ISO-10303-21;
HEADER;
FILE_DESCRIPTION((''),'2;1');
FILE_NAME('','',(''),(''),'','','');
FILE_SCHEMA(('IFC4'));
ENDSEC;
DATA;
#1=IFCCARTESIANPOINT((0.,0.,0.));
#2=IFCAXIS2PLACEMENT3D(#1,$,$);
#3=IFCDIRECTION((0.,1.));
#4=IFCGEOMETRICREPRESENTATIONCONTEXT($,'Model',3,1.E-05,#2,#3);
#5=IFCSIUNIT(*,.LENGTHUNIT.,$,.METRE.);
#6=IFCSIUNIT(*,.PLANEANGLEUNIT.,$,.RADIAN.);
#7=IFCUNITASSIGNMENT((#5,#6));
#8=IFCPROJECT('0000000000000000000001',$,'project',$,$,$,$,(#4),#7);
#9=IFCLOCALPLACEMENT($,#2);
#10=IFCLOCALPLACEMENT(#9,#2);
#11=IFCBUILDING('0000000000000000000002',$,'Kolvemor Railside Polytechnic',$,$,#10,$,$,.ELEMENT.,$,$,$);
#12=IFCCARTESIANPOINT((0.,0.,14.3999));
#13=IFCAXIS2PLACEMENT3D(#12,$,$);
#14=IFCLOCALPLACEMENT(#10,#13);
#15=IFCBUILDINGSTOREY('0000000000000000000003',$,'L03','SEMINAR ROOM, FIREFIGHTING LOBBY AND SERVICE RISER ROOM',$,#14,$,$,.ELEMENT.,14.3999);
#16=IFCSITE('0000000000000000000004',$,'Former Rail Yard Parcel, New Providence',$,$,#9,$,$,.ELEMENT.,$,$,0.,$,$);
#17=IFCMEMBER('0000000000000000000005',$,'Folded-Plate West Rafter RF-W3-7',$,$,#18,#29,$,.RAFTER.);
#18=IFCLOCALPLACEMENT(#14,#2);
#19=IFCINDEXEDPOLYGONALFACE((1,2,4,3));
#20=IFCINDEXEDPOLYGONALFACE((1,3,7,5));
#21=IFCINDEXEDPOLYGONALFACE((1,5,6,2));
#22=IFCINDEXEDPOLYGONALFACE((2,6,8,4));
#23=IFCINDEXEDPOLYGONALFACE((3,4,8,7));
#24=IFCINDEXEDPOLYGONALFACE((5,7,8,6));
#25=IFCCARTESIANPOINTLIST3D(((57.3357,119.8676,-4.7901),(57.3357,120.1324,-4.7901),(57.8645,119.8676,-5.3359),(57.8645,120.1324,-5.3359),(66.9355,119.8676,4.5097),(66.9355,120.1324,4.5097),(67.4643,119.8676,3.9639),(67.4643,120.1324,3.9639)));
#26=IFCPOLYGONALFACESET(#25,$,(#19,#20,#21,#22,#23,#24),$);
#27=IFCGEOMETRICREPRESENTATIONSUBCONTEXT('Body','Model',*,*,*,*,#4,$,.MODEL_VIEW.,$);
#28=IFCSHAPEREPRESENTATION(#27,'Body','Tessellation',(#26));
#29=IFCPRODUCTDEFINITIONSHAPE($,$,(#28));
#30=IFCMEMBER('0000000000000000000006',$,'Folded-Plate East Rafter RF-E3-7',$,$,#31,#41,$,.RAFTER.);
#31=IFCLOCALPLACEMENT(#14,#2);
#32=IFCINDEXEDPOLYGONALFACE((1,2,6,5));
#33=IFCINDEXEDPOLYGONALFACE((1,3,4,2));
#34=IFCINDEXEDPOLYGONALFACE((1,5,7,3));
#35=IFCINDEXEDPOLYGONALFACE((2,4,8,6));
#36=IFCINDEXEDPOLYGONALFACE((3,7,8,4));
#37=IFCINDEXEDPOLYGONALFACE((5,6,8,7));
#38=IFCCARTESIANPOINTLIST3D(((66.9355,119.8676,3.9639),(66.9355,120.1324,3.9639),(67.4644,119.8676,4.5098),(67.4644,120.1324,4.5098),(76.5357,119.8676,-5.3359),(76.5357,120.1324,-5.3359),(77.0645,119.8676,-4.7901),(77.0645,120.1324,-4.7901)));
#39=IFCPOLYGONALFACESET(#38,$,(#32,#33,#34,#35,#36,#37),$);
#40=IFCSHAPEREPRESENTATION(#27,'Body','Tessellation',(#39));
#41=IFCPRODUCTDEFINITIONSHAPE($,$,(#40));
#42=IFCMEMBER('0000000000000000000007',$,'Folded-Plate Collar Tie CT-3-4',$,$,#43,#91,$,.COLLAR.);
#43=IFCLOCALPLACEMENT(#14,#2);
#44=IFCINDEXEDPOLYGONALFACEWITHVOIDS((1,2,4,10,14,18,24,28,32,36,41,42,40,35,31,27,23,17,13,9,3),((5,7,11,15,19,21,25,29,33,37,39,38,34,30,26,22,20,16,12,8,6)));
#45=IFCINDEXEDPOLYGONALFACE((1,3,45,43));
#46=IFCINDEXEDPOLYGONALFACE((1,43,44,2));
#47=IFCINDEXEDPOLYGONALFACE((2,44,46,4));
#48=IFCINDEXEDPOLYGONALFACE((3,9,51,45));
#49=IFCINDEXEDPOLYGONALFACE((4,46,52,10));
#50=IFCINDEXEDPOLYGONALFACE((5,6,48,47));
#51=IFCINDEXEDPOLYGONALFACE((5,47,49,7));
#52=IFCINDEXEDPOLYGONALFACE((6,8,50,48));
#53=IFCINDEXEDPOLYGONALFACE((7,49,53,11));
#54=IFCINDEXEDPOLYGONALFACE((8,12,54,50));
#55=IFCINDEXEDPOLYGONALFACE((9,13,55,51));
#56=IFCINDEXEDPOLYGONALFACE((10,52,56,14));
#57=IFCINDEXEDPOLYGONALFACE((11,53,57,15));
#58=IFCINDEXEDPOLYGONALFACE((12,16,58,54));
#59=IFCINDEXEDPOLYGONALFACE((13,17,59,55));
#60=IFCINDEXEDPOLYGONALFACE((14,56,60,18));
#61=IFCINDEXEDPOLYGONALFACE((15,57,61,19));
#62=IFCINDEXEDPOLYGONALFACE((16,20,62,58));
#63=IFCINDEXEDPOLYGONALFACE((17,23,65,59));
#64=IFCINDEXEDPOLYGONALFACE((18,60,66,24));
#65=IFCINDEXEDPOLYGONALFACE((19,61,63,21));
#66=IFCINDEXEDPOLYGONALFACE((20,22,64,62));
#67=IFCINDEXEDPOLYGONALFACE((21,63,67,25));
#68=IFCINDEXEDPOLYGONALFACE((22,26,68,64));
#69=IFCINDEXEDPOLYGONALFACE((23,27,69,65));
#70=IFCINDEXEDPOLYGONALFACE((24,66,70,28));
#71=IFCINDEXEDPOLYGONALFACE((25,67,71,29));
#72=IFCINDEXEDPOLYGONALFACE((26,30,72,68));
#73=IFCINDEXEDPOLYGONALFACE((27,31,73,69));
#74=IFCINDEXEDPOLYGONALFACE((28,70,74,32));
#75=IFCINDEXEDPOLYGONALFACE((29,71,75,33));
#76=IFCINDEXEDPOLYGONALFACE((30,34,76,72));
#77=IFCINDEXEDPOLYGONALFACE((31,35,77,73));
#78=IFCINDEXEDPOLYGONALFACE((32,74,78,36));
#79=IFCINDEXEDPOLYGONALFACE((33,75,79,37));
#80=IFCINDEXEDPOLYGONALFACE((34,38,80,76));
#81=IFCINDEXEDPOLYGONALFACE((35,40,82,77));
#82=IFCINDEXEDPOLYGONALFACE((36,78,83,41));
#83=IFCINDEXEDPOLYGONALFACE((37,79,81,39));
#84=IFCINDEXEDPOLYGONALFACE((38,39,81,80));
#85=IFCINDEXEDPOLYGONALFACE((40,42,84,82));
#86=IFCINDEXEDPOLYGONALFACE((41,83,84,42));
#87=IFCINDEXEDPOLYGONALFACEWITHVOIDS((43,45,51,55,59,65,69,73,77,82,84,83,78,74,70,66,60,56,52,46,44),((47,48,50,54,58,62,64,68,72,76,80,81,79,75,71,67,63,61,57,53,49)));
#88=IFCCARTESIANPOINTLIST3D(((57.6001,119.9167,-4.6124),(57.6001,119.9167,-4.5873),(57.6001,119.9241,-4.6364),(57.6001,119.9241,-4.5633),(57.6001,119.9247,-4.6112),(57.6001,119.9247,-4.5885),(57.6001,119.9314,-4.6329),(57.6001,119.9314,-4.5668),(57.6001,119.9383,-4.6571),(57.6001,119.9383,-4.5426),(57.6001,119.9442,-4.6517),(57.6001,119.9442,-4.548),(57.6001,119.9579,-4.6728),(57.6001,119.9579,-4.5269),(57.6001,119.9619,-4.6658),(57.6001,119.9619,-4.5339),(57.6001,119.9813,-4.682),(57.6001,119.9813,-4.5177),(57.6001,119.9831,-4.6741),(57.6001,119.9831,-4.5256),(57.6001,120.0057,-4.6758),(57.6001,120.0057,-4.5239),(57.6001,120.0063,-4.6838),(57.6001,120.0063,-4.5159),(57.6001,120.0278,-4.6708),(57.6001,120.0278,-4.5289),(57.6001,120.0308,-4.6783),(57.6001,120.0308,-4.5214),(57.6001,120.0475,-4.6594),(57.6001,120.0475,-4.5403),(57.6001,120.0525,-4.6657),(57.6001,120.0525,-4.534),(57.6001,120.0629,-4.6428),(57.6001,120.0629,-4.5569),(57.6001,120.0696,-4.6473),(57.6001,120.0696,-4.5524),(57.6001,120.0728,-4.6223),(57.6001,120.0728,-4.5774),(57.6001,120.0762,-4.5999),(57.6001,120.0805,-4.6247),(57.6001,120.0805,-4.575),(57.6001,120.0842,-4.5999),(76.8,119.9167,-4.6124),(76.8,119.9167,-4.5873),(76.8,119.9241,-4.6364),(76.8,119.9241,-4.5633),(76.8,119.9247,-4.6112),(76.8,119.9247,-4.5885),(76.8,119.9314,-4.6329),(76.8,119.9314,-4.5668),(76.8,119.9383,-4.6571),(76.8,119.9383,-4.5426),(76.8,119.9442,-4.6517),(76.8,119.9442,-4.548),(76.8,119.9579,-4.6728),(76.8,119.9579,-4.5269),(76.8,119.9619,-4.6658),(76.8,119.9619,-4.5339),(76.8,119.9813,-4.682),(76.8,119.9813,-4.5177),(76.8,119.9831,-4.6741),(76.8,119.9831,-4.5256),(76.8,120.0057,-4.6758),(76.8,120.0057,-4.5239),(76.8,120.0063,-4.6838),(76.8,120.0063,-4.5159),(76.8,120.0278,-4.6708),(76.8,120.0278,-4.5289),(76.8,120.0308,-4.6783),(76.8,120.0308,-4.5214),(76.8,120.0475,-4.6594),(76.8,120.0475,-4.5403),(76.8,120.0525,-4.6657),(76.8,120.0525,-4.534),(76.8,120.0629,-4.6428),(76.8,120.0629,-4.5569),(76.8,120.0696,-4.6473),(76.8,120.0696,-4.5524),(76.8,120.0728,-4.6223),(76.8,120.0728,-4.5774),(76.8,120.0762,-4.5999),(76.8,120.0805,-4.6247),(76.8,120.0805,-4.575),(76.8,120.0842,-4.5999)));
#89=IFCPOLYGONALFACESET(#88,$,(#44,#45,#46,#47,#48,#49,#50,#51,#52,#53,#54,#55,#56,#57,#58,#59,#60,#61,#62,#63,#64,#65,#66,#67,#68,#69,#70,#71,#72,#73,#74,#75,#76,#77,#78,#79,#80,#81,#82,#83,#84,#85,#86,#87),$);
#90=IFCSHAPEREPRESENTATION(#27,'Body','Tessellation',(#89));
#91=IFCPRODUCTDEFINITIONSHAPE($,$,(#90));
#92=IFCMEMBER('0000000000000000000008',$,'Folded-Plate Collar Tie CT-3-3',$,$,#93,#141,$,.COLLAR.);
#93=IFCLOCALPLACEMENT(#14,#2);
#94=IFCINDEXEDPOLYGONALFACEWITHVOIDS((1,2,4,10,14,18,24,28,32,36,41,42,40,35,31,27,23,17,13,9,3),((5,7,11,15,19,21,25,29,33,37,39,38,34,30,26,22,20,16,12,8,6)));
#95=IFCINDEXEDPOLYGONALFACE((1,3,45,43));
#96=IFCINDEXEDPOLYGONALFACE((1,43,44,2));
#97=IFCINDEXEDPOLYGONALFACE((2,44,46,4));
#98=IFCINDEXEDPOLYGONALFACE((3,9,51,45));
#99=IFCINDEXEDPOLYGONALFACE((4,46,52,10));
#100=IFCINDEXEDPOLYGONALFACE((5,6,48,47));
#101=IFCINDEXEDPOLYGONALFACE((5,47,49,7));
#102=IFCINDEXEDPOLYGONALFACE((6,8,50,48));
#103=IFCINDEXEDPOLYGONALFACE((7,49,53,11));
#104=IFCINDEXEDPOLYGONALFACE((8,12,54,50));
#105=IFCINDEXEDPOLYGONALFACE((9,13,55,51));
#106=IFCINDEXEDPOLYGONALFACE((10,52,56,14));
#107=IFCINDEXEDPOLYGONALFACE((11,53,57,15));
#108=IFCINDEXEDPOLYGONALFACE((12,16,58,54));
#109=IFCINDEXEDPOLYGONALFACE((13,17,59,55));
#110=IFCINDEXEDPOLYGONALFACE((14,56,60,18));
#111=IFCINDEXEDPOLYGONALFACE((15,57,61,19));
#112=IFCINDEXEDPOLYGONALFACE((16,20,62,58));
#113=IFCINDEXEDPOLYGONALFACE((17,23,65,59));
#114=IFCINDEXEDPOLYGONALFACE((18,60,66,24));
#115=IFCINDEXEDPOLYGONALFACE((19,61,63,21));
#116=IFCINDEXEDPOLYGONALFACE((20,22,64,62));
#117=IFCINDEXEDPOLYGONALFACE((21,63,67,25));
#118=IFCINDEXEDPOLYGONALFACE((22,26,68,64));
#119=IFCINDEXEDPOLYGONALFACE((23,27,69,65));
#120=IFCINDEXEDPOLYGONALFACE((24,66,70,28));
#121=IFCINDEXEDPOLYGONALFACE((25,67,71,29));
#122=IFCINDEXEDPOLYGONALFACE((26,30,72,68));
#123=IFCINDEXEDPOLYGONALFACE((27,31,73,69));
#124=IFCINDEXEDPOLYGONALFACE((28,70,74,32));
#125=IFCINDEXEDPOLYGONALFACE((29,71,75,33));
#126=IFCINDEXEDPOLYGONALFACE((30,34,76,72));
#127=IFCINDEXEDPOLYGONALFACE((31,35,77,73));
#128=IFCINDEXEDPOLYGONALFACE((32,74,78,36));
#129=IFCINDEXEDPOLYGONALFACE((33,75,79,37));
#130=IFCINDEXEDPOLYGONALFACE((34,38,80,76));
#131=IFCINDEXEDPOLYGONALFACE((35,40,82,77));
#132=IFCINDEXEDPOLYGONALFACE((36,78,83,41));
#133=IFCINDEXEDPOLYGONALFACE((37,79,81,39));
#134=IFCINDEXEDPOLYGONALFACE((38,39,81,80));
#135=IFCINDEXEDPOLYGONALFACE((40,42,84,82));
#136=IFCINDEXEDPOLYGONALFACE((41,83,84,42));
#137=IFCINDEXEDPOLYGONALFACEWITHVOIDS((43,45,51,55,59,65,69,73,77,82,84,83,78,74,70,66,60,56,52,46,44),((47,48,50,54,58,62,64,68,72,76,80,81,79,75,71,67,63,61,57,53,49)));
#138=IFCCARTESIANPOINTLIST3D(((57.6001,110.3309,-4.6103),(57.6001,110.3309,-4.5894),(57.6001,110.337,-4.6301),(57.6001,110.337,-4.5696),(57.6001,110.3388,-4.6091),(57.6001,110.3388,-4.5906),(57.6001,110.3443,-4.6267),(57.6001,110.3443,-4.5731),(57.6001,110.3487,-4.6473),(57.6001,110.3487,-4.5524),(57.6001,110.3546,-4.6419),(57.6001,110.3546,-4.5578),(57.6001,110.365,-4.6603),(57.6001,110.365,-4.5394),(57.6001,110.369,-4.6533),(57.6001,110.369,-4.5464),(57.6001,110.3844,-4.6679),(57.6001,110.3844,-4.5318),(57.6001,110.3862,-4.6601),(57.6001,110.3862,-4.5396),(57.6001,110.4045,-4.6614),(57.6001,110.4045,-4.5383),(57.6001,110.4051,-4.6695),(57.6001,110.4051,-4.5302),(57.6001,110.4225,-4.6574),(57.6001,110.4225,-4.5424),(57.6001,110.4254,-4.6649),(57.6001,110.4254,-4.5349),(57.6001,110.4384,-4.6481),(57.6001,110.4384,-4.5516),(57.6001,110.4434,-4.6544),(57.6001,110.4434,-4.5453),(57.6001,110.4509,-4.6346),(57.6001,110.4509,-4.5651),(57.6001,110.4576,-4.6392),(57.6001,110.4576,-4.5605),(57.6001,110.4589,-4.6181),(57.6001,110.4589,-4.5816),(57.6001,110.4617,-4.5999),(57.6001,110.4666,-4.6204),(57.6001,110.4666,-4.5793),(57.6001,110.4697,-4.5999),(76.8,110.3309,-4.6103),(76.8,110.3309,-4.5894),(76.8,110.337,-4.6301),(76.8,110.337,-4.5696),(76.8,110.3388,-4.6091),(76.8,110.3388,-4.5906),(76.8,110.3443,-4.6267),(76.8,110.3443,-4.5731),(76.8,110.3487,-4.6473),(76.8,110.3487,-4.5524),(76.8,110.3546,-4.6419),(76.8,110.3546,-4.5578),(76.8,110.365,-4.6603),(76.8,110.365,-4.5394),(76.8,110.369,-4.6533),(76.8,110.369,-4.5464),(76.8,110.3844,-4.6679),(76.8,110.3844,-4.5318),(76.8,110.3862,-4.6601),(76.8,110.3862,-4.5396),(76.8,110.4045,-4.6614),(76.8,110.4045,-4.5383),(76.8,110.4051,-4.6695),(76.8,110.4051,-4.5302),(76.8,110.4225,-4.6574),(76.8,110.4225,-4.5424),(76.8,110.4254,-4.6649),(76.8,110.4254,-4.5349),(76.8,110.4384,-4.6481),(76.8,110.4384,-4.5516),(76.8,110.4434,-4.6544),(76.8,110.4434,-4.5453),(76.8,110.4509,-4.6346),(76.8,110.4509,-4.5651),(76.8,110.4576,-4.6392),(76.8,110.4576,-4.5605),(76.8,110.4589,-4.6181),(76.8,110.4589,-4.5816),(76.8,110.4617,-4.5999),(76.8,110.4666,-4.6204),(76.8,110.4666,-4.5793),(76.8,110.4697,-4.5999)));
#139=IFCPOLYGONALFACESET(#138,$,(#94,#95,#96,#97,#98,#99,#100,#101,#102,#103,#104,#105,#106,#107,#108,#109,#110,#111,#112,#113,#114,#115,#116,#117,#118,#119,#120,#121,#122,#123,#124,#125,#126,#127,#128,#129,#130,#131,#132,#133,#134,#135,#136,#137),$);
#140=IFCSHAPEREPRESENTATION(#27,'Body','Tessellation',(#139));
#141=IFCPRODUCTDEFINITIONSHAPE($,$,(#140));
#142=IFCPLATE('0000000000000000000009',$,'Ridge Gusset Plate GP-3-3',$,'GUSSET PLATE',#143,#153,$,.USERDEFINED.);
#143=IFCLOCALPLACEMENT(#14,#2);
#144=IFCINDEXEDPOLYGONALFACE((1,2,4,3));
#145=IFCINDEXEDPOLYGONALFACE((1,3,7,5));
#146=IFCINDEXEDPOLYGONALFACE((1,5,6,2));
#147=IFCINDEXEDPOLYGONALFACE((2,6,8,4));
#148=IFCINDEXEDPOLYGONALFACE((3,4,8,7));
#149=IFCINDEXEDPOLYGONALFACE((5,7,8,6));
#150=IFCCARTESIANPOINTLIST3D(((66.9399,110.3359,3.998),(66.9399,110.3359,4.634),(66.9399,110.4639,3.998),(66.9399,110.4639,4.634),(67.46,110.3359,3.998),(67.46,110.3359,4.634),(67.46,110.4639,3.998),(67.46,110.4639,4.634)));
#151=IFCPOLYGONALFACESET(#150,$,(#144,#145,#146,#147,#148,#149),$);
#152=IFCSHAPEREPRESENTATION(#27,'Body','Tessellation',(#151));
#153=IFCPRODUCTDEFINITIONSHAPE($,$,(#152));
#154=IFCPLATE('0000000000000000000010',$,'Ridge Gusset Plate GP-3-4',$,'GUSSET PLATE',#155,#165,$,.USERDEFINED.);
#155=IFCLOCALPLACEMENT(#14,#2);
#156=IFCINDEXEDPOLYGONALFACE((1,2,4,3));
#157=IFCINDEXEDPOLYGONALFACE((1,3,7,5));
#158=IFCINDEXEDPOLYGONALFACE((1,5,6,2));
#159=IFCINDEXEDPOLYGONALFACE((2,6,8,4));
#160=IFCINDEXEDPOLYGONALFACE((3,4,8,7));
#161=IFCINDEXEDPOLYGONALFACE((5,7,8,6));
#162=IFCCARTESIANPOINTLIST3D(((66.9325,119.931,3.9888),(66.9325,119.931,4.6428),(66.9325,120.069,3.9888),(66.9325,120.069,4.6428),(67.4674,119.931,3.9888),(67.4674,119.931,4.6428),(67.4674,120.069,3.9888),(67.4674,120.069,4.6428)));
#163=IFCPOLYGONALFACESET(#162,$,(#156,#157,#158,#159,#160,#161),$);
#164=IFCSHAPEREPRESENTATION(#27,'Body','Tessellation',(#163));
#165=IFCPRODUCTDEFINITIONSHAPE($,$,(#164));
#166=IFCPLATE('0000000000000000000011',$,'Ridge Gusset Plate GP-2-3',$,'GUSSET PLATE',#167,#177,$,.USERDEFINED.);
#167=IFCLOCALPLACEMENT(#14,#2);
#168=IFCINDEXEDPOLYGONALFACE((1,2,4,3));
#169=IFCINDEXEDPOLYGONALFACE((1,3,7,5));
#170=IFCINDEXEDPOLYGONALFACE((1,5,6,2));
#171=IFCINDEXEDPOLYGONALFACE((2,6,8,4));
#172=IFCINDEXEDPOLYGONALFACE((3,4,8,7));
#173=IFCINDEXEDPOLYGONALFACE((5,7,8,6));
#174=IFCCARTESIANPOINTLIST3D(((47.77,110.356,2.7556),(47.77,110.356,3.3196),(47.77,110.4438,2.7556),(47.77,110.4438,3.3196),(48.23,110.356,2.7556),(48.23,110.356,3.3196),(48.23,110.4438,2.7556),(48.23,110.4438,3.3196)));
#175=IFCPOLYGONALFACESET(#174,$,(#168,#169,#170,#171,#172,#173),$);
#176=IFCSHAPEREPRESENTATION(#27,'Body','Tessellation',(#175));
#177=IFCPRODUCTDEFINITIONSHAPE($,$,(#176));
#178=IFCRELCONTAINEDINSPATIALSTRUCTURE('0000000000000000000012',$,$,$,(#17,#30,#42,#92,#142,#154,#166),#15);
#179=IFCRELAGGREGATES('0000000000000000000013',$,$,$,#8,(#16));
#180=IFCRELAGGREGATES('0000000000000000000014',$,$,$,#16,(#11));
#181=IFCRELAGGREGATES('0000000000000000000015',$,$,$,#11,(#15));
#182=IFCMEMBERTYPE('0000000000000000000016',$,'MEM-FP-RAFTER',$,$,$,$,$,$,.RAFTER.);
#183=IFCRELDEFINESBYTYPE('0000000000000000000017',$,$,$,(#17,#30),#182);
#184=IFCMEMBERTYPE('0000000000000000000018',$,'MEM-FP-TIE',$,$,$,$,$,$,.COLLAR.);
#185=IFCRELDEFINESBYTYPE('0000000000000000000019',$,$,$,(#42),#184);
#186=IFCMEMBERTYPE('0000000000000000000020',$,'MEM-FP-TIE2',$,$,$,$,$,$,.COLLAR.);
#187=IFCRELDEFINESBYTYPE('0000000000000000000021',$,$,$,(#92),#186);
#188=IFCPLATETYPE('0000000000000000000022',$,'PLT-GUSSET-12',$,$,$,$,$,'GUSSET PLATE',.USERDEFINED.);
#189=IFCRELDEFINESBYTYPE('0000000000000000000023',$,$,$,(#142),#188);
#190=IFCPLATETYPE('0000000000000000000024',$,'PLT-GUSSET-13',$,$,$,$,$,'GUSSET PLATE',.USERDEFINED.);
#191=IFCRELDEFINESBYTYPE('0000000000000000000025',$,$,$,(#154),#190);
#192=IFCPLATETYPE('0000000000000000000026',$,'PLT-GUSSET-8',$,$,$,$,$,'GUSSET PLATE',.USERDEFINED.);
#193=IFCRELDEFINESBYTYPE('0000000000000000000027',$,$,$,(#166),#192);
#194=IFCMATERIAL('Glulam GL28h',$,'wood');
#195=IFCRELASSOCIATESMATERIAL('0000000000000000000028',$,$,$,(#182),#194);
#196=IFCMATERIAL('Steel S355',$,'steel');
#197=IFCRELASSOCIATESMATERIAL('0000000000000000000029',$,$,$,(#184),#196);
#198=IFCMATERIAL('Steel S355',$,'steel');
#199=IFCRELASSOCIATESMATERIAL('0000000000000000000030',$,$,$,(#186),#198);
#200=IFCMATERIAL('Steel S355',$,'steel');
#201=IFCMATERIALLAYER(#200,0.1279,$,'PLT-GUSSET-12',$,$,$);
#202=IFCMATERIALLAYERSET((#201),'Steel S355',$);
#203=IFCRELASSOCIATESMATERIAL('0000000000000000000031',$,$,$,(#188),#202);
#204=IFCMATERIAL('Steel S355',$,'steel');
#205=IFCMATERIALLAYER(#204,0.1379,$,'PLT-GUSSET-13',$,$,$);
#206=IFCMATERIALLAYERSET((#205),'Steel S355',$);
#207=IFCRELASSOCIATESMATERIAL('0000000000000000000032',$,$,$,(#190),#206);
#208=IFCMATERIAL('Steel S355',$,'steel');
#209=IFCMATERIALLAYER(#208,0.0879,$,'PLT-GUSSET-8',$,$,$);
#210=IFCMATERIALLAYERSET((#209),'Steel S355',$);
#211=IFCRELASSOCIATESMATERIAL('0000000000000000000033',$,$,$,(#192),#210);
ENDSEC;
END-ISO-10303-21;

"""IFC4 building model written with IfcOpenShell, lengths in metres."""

from ifc_helpers import new_model, si_unit, direction, frame, origin, origin_2d, place, context, subcontext, project, spatial, rectangle, hollow_circle, extrude, material, layer, layer_set, material_profile, profile_set, type_object, element, save


model = new_model("IFC4")

# Units and contexts
model_context = context("Model", 3, precision=1e-05, world=origin(), true_north=direction((0.0, 1.0)))
body_context = subcontext(model_context, "Body", "Model", "MODEL_VIEW")
ifc_project = project(units=[si_unit("LENGTHUNIT", "METRE"), si_unit("PLANEANGLEUNIT", "RADIAN")], contexts=[model_context])

# Site, building, storey
site_placement = place(None, origin())
site = spatial("IfcSite", under=ifc_project, at=site_placement, Name="Former Rail Yard Parcel, New Providence", CompositionType="ELEMENT", RefElevation=0.0)
building_placement = place(site_placement, origin())
building = spatial("IfcBuilding", under=site, at=building_placement, Name="Kolvemor Railside Polytechnic", CompositionType="ELEMENT")
storey_placement = place(building_placement, frame((0.0, 0.0, 14.3999)))
storey = spatial("IfcBuildingStorey", under=building, at=storey_placement, Name="L03", Description="SEMINAR ROOM, FIREFIGHTING LOBBY AND SERVICE RISER ROOM", CompositionType="ELEMENT", Elevation=14.3999)

# Members
ifc_material_1 = material(Name="Glulam GL28h", Category="wood")
ifc_material_profile_1 = material_profile(ifc_material_1, rectangle(XDim=0.2649, YDim=0.76, at=origin_2d()), Name="GL265x760")
ifc_profile_set_1 = profile_set([ifc_material_profile_1], Name="Glulam GL28h")
member_type_1 = type_object("IfcMemberType", Name="MEM-FP-RAFTER", PredefinedType="RAFTER", material=ifc_profile_set_1)
member_1_placement = place(storey_placement, frame((57.6001, 120.0, -5.063), z_axis=(0.718242, 0.0, 0.695793), x_axis=(0.0, 1.0, 0.0)))
element("IfcMember", 1, at=member_1_placement, inside=storey, type_object=member_type_1, Name="Folded-Plate West Rafter RF-W3-7", PredefinedType="RAFTER", context=body_context, shape_type="SweptSolid", body=[
    extrude(rectangle(XDim=0.2649, YDim=0.76, at=origin_2d()), origin(), (0.0, 0.0, 1.0), 13.3657),
])
member_2_placement = place(storey_placement, frame((67.2, 120.0, 4.2368), z_axis=(0.718251, 0.0, -0.695784), x_axis=(0.0, 1.0, 0.0)))
element("IfcMember", 2, at=member_2_placement, inside=storey, type_object=member_type_1, Name="Folded-Plate East Rafter RF-E3-7", PredefinedType="RAFTER", context=body_context, shape_type="SweptSolid", body=[
    extrude(rectangle(XDim=0.2649, YDim=0.76, at=origin_2d()), origin(), (0.0, 0.0, 1.0), 13.366),
])
ifc_material_2 = material(Name="Steel S355", Category="steel")
ifc_material_profile_2 = material_profile(ifc_material_2, hollow_circle(Radius=0.0842, WallThickness=0.0081, at=origin_2d()), Name="CHS168.3x8")
ifc_profile_set_2 = profile_set([ifc_material_profile_2], Name="Steel S355")
member_type_2 = type_object("IfcMemberType", Name="MEM-FP-TIE", PredefinedType="COLLAR", material=ifc_profile_set_2)
member_3_placement = place(storey_placement, frame((57.6001, 120.0, -4.5999), z_axis=(1.0, 0.0, 0.0), x_axis=(0.0, 1.0, 0.0)))
element("IfcMember", 3, at=member_3_placement, inside=storey, type_object=member_type_2, Name="Folded-Plate Collar Tie CT-3-4", PredefinedType="COLLAR", context=body_context, shape_type="SweptSolid", body=[
    extrude(hollow_circle(Radius=0.0842, WallThickness=0.0081, at=origin_2d()), origin(), (0.0, 0.0, 1.0), 19.2),
])
ifc_material_3 = material(Name="Steel S355", Category="steel")
ifc_material_profile_3 = material_profile(ifc_material_3, hollow_circle(Radius=0.0698, WallThickness=0.0081, at=origin_2d()), Name="CHS139.7x8")
ifc_profile_set_3 = profile_set([ifc_material_profile_3], Name="Steel S355")
member_type_3 = type_object("IfcMemberType", Name="MEM-FP-TIE2", PredefinedType="COLLAR", material=ifc_profile_set_3)
member_4_placement = place(storey_placement, frame((57.6001, 110.3999, -4.5999), z_axis=(1.0, 0.0, 0.0), x_axis=(0.0, 1.0, 0.0)))
element("IfcMember", 4, at=member_4_placement, inside=storey, type_object=member_type_3, Name="Folded-Plate Collar Tie CT-3-3", PredefinedType="COLLAR", context=body_context, shape_type="SweptSolid", body=[
    extrude(hollow_circle(Radius=0.0698, WallThickness=0.0081, at=origin_2d()), origin(), (0.0, 0.0, 1.0), 19.2),
])

# Plates
ifc_material_4 = material(Name="Steel S355", Category="steel")
ifc_layer_1 = layer(ifc_material_4, 0.1279, Name="PLT-GUSSET-12")
ifc_layer_set_1 = layer_set([ifc_layer_1], Name="Steel S355")
plate_type_1 = type_object("IfcPlateType", Name="PLT-GUSSET-12", ElementType="GUSSET PLATE", PredefinedType="USERDEFINED", material=ifc_layer_set_1)
plate_1_placement = place(storey_placement, frame((67.2, 110.3999, 3.998), z_axis=(0.0, 0.0, 1.0), x_axis=(1.0, 0.0, 0.0)))
element("IfcPlate", 5, at=plate_1_placement, inside=storey, type_object=plate_type_1, Name="Ridge Gusset Plate GP-3-3", ObjectType="GUSSET PLATE", PredefinedType="USERDEFINED", context=body_context, shape_type="SweptSolid", body=[
    extrude(rectangle(XDim=0.52, YDim=0.1279, at=origin_2d()), origin(), (0.0, 0.0, 1.0), 0.636),
])
ifc_material_5 = material(Name="Steel S355", Category="steel")
ifc_layer_2 = layer(ifc_material_5, 0.1379, Name="PLT-GUSSET-13")
ifc_layer_set_2 = layer_set([ifc_layer_2], Name="Steel S355")
plate_type_2 = type_object("IfcPlateType", Name="PLT-GUSSET-13", ElementType="GUSSET PLATE", PredefinedType="USERDEFINED", material=ifc_layer_set_2)
plate_2_placement = place(storey_placement, frame((67.2, 120.0, 3.9888), z_axis=(0.0, 0.0, 1.0), x_axis=(1.0, 0.0, 0.0)))
element("IfcPlate", 6, at=plate_2_placement, inside=storey, type_object=plate_type_2, Name="Ridge Gusset Plate GP-3-4", ObjectType="GUSSET PLATE", PredefinedType="USERDEFINED", context=body_context, shape_type="SweptSolid", body=[
    extrude(rectangle(XDim=0.5349, YDim=0.1379, at=origin_2d()), origin(), (0.0, 0.0, 1.0), 0.6541),
])
ifc_material_6 = material(Name="Steel S355", Category="steel")
ifc_layer_3 = layer(ifc_material_6, 0.0879, Name="PLT-GUSSET-8")
ifc_layer_set_3 = layer_set([ifc_layer_3], Name="Steel S355")
plate_type_3 = type_object("IfcPlateType", Name="PLT-GUSSET-8", ElementType="GUSSET PLATE", PredefinedType="USERDEFINED", material=ifc_layer_set_3)
plate_3_placement = place(storey_placement, frame((48.0, 110.3999, 2.7556), z_axis=(0.0, 0.0, 1.0), x_axis=(1.0, 0.0, 0.0)))
element("IfcPlate", 7, at=plate_3_placement, inside=storey, type_object=plate_type_3, Name="Ridge Gusset Plate GP-2-3", ObjectType="GUSSET PLATE", PredefinedType="USERDEFINED", context=body_context, shape_type="SweptSolid", body=[
    extrude(rectangle(XDim=0.46, YDim=0.0879, at=origin_2d()), origin(), (0.0, 0.0, 1.0), 0.564),
])

save(model, "model.ifc")
